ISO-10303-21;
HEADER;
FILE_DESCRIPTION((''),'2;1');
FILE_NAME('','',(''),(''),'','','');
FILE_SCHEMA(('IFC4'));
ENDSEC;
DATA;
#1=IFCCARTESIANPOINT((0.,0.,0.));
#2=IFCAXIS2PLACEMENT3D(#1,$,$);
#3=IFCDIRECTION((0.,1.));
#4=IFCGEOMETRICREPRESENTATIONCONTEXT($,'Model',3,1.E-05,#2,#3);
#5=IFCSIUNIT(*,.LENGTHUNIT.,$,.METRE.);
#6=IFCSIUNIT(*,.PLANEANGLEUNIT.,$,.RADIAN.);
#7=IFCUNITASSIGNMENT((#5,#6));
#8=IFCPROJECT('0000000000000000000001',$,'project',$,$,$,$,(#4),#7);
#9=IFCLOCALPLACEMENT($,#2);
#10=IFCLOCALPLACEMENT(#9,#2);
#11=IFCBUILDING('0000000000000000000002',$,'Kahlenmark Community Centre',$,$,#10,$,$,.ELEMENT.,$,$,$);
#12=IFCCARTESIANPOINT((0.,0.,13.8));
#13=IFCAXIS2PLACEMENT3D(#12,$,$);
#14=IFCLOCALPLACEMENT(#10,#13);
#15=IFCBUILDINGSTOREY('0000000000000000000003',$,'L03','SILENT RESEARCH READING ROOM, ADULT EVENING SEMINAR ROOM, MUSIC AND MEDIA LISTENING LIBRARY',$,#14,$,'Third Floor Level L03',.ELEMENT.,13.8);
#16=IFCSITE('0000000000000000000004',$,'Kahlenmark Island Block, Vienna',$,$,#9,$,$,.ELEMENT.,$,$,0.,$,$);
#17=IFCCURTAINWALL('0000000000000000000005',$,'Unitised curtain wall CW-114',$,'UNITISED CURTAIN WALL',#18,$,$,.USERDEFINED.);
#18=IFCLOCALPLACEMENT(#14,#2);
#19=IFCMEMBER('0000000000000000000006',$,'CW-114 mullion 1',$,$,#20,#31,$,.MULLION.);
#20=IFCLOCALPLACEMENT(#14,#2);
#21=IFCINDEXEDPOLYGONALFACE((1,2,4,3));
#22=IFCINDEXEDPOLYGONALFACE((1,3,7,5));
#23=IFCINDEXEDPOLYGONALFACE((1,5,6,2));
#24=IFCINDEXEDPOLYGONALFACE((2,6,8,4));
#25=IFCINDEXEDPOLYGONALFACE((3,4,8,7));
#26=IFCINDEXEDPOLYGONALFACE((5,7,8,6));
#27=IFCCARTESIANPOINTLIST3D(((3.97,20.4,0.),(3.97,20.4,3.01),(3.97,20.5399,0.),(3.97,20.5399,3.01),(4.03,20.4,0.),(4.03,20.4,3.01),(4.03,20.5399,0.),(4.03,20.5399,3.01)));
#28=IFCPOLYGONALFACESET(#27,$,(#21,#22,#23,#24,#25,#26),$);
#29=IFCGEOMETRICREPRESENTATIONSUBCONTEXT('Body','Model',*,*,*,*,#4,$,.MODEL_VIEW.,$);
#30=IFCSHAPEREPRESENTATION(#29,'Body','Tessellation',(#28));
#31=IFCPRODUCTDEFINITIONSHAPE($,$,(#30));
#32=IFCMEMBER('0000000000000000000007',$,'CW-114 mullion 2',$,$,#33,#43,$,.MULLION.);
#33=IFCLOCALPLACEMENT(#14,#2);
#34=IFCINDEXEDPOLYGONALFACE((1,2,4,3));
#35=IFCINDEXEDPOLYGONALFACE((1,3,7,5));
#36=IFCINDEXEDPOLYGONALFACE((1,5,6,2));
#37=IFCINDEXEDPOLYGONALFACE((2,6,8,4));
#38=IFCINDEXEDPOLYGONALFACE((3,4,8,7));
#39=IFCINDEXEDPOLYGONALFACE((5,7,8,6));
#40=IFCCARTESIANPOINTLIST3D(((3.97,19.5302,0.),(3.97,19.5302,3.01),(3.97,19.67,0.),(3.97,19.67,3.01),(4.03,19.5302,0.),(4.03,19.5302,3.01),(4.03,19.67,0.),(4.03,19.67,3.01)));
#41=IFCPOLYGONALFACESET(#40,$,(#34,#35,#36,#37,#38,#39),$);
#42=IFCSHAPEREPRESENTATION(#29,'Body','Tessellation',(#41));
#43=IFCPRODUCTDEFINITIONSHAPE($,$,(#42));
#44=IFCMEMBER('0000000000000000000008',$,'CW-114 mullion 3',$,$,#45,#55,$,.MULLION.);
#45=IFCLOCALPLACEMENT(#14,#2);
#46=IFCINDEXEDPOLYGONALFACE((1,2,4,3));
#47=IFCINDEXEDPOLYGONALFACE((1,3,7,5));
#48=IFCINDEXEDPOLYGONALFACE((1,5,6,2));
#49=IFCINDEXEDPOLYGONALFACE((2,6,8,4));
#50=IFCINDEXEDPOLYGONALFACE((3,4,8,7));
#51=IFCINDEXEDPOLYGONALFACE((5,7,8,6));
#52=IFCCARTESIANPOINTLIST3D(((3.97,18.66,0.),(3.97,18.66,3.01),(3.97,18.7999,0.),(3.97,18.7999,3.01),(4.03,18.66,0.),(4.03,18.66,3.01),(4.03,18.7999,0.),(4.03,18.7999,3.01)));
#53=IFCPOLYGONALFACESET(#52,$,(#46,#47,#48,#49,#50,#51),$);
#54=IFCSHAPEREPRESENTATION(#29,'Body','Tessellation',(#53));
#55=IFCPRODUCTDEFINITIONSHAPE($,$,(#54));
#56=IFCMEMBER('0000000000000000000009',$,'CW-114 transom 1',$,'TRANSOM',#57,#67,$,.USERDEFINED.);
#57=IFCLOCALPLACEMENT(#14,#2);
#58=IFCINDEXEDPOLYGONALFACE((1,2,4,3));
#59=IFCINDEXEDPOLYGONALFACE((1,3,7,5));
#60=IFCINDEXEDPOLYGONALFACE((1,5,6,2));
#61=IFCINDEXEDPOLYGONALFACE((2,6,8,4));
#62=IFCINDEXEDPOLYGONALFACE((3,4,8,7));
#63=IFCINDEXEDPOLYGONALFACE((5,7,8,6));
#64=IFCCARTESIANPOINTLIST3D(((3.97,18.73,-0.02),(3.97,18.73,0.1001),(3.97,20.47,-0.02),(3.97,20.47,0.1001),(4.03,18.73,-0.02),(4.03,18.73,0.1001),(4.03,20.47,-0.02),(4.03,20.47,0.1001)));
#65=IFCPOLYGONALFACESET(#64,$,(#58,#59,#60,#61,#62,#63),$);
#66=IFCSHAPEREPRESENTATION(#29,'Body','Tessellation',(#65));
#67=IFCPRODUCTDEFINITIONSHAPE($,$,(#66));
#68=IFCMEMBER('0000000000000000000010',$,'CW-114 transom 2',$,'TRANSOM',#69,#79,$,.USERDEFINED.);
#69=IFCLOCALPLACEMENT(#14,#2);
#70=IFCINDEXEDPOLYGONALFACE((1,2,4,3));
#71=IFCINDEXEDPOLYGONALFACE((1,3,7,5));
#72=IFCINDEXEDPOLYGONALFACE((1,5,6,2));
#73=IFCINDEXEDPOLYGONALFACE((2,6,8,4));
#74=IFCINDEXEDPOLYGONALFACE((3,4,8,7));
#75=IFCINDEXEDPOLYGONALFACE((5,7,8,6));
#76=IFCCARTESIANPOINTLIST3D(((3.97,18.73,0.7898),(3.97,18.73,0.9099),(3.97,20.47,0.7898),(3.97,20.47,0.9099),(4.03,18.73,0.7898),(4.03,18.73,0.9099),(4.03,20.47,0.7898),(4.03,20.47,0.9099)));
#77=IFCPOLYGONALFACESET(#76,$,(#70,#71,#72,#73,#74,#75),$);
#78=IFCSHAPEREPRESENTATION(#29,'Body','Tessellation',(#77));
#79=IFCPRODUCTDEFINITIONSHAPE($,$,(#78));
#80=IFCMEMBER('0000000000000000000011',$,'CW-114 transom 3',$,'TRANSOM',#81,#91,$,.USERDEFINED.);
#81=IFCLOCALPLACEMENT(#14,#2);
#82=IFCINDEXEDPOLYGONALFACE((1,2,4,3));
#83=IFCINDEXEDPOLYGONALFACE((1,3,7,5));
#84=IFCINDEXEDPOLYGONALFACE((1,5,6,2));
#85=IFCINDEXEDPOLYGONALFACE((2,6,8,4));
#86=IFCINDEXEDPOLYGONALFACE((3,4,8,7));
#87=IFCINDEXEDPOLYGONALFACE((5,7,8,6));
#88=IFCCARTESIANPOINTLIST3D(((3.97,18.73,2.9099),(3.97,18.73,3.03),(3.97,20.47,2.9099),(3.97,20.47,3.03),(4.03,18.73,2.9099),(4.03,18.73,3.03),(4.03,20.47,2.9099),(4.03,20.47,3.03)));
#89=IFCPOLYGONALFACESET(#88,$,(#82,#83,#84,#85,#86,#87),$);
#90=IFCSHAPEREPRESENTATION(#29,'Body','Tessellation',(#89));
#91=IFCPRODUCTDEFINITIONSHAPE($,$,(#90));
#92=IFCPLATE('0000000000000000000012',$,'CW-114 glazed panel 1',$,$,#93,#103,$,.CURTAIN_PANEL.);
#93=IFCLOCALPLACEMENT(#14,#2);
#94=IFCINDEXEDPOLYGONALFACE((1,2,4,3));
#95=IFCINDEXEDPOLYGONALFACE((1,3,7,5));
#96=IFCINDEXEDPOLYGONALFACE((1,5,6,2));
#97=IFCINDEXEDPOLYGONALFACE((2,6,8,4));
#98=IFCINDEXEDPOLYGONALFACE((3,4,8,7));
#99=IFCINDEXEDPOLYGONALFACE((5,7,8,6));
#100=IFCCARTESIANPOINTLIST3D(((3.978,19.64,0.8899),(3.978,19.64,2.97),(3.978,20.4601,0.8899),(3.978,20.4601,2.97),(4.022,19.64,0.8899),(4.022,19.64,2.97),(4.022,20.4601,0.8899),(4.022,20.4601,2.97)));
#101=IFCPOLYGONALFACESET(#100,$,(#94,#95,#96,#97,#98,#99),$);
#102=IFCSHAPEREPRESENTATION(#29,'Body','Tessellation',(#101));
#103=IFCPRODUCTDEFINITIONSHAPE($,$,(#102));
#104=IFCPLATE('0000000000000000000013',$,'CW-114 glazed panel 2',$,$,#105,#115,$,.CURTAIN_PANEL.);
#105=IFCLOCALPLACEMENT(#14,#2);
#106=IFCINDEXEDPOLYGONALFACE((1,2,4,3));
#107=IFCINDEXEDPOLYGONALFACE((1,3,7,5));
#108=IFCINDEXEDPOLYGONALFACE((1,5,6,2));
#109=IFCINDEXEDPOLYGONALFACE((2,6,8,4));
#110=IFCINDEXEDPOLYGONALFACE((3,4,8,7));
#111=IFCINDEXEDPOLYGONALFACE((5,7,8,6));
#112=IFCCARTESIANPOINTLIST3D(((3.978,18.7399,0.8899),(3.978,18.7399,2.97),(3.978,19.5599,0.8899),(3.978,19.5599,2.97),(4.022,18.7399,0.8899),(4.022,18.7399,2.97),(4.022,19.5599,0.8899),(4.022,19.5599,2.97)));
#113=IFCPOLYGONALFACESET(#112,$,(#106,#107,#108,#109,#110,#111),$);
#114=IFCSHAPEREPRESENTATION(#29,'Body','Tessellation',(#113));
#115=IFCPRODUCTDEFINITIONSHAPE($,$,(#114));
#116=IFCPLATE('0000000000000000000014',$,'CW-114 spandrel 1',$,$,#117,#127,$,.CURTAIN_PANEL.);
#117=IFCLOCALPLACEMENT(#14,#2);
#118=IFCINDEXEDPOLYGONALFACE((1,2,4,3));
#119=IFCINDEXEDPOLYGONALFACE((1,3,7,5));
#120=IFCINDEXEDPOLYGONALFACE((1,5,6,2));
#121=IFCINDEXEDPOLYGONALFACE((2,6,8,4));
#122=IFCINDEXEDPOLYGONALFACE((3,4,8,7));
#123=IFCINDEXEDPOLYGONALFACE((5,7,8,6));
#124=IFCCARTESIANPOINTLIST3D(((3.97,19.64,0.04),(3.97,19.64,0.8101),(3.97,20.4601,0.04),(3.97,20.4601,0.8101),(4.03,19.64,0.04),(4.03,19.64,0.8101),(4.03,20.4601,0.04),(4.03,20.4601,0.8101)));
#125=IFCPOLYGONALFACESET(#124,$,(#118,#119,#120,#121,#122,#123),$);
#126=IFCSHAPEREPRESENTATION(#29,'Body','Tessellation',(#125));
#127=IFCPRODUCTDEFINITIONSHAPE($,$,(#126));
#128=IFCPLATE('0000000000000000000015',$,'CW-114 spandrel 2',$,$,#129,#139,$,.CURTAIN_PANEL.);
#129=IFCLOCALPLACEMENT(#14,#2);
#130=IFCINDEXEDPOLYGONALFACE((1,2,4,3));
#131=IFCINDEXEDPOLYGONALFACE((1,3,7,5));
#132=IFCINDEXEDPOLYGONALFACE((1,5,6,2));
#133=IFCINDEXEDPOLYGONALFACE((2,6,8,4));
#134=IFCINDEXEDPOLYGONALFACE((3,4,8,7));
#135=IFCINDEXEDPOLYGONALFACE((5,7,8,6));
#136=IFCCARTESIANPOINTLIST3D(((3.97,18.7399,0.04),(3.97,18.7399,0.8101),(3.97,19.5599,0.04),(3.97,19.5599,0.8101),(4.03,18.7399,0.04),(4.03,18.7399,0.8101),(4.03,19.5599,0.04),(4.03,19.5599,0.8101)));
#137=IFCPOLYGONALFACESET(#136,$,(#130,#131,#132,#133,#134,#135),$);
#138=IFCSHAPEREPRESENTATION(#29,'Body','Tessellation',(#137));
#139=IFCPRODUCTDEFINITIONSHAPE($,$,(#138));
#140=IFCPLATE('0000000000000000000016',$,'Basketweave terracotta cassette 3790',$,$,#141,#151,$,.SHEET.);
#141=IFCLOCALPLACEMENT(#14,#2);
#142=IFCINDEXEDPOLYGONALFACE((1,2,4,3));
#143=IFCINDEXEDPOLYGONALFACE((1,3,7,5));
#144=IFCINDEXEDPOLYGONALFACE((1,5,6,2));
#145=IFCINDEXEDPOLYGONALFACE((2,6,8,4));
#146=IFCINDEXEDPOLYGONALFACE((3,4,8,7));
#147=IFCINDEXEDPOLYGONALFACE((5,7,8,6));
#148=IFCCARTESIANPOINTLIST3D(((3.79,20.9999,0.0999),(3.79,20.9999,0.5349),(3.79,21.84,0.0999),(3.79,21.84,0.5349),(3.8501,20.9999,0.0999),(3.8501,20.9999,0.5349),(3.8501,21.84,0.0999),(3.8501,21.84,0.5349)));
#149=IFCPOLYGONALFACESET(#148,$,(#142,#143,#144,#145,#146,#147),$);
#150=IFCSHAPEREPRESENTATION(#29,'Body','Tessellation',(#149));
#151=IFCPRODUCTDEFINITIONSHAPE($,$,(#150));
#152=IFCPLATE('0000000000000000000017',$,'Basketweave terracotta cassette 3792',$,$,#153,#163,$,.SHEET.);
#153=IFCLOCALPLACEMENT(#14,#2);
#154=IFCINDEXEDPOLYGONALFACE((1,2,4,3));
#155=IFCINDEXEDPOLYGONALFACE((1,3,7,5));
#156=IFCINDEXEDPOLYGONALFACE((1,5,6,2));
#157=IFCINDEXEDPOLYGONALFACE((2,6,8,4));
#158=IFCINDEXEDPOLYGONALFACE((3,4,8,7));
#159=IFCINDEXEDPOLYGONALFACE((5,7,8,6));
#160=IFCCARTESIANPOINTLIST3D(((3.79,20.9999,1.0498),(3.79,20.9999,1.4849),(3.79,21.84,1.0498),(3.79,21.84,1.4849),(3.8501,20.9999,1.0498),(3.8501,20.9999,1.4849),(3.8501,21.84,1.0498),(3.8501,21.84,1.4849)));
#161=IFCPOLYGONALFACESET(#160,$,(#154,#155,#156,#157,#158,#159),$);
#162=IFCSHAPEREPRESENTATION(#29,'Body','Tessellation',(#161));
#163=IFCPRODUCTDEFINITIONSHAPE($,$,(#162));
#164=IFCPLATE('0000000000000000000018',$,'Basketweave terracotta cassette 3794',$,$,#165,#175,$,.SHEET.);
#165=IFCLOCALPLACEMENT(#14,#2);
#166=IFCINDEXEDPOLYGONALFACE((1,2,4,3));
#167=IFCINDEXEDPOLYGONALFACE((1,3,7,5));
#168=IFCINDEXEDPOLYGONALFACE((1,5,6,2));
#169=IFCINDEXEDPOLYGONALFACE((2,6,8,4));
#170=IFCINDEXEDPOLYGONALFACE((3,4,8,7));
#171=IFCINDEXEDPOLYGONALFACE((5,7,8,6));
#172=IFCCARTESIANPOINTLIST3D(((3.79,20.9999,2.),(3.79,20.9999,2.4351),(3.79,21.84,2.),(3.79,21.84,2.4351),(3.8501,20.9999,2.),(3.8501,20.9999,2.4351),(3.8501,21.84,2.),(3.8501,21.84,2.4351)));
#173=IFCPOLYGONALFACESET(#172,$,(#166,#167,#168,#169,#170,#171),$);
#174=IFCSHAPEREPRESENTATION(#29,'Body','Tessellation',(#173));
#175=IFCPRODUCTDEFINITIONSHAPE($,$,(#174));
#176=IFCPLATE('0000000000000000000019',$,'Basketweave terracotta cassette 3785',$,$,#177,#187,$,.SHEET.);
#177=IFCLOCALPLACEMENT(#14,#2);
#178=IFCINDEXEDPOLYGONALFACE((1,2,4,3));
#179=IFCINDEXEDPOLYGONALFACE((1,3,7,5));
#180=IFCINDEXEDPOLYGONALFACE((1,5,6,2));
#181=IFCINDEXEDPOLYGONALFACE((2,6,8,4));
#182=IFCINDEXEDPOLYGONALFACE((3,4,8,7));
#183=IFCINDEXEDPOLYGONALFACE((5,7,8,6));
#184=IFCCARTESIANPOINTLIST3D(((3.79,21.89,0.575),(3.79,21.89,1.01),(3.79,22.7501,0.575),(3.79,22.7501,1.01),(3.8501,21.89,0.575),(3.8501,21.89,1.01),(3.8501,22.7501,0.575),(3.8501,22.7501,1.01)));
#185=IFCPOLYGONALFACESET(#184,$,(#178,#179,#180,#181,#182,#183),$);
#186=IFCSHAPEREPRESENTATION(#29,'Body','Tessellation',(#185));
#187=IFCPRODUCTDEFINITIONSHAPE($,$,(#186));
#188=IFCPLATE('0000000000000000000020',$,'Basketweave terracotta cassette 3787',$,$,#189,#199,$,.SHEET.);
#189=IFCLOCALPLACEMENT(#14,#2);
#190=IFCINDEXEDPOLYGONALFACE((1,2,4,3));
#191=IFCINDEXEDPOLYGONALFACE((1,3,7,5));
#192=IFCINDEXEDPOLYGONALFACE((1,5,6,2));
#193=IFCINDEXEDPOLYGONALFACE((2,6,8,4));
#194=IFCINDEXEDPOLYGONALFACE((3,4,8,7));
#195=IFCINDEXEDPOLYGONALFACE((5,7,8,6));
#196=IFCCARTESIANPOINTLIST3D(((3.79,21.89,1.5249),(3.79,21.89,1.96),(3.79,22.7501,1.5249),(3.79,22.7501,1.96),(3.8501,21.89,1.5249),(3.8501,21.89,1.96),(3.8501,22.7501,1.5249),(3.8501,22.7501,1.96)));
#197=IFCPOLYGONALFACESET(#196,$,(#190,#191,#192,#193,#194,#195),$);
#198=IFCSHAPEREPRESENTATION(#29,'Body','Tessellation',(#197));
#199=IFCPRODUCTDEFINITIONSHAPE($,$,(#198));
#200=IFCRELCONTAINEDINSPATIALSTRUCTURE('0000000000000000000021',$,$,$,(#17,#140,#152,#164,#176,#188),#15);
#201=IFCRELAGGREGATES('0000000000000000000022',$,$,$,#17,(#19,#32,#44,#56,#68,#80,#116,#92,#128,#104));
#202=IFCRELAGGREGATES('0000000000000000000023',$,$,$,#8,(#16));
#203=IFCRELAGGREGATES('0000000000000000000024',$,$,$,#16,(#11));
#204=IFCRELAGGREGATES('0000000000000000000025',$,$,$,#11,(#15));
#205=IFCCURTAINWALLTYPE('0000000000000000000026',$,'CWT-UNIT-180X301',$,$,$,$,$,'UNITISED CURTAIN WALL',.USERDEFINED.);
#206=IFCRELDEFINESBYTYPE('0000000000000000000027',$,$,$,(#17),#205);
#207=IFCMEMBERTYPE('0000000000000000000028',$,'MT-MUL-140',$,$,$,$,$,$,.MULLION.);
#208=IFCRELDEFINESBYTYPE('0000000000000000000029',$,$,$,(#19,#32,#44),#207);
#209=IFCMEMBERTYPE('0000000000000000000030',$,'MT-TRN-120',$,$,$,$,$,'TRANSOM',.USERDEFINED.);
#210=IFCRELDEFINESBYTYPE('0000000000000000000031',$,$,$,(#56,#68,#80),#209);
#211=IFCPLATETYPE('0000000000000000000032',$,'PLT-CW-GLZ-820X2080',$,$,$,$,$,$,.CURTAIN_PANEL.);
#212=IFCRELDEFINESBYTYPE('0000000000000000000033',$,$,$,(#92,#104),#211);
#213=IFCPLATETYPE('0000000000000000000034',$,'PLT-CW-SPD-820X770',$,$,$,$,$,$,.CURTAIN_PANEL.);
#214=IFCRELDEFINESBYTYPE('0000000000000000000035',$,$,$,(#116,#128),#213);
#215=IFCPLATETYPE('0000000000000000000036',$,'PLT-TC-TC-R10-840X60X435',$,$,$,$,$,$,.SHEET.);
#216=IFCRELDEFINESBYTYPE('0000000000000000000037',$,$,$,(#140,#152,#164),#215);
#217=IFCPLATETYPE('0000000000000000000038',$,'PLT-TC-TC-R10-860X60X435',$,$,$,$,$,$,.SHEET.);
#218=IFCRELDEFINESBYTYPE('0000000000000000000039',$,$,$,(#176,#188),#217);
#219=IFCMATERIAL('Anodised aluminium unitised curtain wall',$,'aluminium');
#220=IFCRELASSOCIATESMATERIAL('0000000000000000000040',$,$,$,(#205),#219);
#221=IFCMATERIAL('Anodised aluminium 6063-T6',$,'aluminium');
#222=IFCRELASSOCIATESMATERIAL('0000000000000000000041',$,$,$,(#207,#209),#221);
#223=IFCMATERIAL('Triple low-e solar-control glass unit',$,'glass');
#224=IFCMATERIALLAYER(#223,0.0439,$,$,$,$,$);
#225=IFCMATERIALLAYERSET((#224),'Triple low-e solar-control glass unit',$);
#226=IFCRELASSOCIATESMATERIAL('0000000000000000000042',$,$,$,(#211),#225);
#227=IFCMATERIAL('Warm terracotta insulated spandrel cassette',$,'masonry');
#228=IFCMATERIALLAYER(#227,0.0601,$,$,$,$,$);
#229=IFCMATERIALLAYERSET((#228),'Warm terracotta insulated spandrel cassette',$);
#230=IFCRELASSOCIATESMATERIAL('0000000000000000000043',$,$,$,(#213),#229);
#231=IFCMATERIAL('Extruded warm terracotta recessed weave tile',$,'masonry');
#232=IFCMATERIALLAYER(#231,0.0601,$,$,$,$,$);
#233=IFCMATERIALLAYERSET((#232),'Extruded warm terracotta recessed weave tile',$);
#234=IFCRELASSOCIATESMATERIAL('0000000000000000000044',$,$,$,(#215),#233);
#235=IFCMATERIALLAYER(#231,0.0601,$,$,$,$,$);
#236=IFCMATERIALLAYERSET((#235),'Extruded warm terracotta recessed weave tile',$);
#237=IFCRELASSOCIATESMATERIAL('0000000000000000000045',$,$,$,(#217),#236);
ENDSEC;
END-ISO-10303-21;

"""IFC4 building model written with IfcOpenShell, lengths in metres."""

from ifc_helpers import new_model, si_unit, direction, frame, origin, origin_2d, place, context, subcontext, project, spatial, rectangle, extrude, material, layer, layer_set, material_profile, profile_set, type_object, element, aggregate, save


model = new_model("IFC4")

# Units and contexts
model_context = context("Model", 3, precision=1e-05, world=origin(), true_north=direction((0.0, 1.0)))
body_context = subcontext(model_context, "Body", "Model", "MODEL_VIEW")
ifc_project = project(units=[si_unit("LENGTHUNIT", "METRE"), si_unit("PLANEANGLEUNIT", "RADIAN")], contexts=[model_context])

# Site, building, storey
site_placement = place(None, origin())
site = spatial("IfcSite", under=ifc_project, at=site_placement, Name="Kahlenmark Island Block, Vienna", CompositionType="ELEMENT", RefElevation=0.0)
building_placement = place(site_placement, origin())
building = spatial("IfcBuilding", under=site, at=building_placement, Name="Kahlenmark Community Centre", CompositionType="ELEMENT")
storey_placement = place(building_placement, frame((0.0, 0.0, 13.8)))
storey = spatial("IfcBuildingStorey", under=building, at=storey_placement, Name="L03", Description="SILENT RESEARCH READING ROOM, ADULT EVENING SEMINAR ROOM, MUSIC AND MEDIA LISTENING LIBRARY", LongName="Third Floor Level L03", CompositionType="ELEMENT", Elevation=13.8)

# Curtain wall, members, plates
ifc_material_1 = material(Name="Anodised aluminium unitised curtain wall", Category="aluminium")
curtain_wall_type = type_object("IfcCurtainWallType", Name="CWT-UNIT-180X301", ElementType="UNITISED CURTAIN WALL", PredefinedType="USERDEFINED", material=ifc_material_1)
curtain_wall_placement = place(storey_placement, origin())
curtain_wall = element("IfcCurtainWall", 1, at=curtain_wall_placement, inside=storey, type_object=curtain_wall_type, Name="Unitised curtain wall CW-114", ObjectType="UNITISED CURTAIN WALL", PredefinedType="USERDEFINED")
ifc_material_2 = material(Name="Anodised aluminium 6063-T6", Category="aluminium")
ifc_material_profile_1 = material_profile(ifc_material_2, rectangle(XDim=0.0601, YDim=0.1399, at=origin_2d()), Name="ALU MULLION 60x140")
ifc_profile_set_1 = profile_set([ifc_material_profile_1], Name="Anodised aluminium 6063-T6")
member_type_1 = type_object("IfcMemberType", Name="MT-MUL-140", PredefinedType="MULLION", material=ifc_profile_set_1)
member_1_placement = place(storey_placement, frame((4.0, 20.47, 0.0), z_axis=(0.0, 0.0, 1.0), x_axis=(1.0, 0.0, 0.0)))
member_1 = element("IfcMember", 2, at=member_1_placement, type_object=member_type_1, Name="CW-114 mullion 1", PredefinedType="MULLION", context=body_context, shape_type="SweptSolid", body=[
    extrude(rectangle(XDim=0.0601, YDim=0.1399, at=origin_2d()), origin(), (0.0, 0.0, 1.0), 3.01),
])
member_2_placement = place(storey_placement, frame((4.0, 19.6001, 0.0), z_axis=(0.0, 0.0, 1.0), x_axis=(1.0, 0.0, 0.0)))
member_2 = element("IfcMember", 3, at=member_2_placement, type_object=member_type_1, Name="CW-114 mullion 2", PredefinedType="MULLION", context=body_context, shape_type="SweptSolid", body=[
    extrude(rectangle(XDim=0.0601, YDim=0.1399, at=origin_2d()), origin(), (0.0, 0.0, 1.0), 3.01),
])
member_3_placement = place(storey_placement, frame((4.0, 18.73, 0.0), z_axis=(0.0, 0.0, 1.0), x_axis=(1.0, 0.0, 0.0)))
member_3 = element("IfcMember", 4, at=member_3_placement, type_object=member_type_1, Name="CW-114 mullion 3", PredefinedType="MULLION", context=body_context, shape_type="SweptSolid", body=[
    extrude(rectangle(XDim=0.0601, YDim=0.1399, at=origin_2d()), origin(), (0.0, 0.0, 1.0), 3.01),
])
ifc_material_profile_2 = material_profile(ifc_material_2, rectangle(XDim=0.0601, YDim=0.1201, at=origin_2d()), Name="ALU TRANSOM 60x120")
ifc_profile_set_2 = profile_set([ifc_material_profile_2], Name="Anodised aluminium 6063-T6")
member_type_2 = type_object("IfcMemberType", Name="MT-TRN-120", ElementType="TRANSOM", PredefinedType="USERDEFINED", material=ifc_profile_set_2)
member_4_placement = place(storey_placement, frame((4.0, 20.47, 0.04), z_axis=(0.0, -1.0, 0.0), x_axis=(1.0, 0.0, 0.0)))
member_4 = element("IfcMember", 5, at=member_4_placement, type_object=member_type_2, Name="CW-114 transom 1", ObjectType="TRANSOM", PredefinedType="USERDEFINED", context=body_context, shape_type="SweptSolid", body=[
    extrude(rectangle(XDim=0.0601, YDim=0.1201, at=origin_2d()), origin(), (0.0, 0.0, 1.0), 1.74),
])
member_5_placement = place(storey_placement, frame((4.0, 20.47, 0.8499), z_axis=(0.0, -1.0, 0.0), x_axis=(1.0, 0.0, 0.0)))
member_5 = element("IfcMember", 6, at=member_5_placement, type_object=member_type_2, Name="CW-114 transom 2", ObjectType="TRANSOM", PredefinedType="USERDEFINED", context=body_context, shape_type="SweptSolid", body=[
    extrude(rectangle(XDim=0.0601, YDim=0.1201, at=origin_2d()), origin(), (0.0, 0.0, 1.0), 1.74),
])
member_6_placement = place(storey_placement, frame((4.0, 20.47, 2.97), z_axis=(0.0, -1.0, 0.0), x_axis=(1.0, 0.0, 0.0)))
member_6 = element("IfcMember", 7, at=member_6_placement, type_object=member_type_2, Name="CW-114 transom 3", ObjectType="TRANSOM", PredefinedType="USERDEFINED", context=body_context, shape_type="SweptSolid", body=[
    extrude(rectangle(XDim=0.0601, YDim=0.1201, at=origin_2d()), origin(), (0.0, 0.0, 1.0), 1.74),
])
ifc_material_3 = material(Name="Triple low-e solar-control glass unit", Category="glass")
ifc_layer_1 = layer(ifc_material_3, 0.0439)
ifc_layer_set_1 = layer_set([ifc_layer_1], Name="Triple low-e solar-control glass unit")
plate_type_1 = type_object("IfcPlateType", Name="PLT-CW-GLZ-820X2080", PredefinedType="CURTAIN_PANEL", material=ifc_layer_set_1)
plate_1_placement = place(storey_placement, frame((4.0, 20.05, 0.8899), z_axis=(0.0, 0.0, 1.0), x_axis=(0.0, -1.0, 0.0)))
plate_1 = element("IfcPlate", 8, at=plate_1_placement, type_object=plate_type_1, Name="CW-114 glazed panel 1", PredefinedType="CURTAIN_PANEL", context=body_context, shape_type="SweptSolid", body=[
    extrude(rectangle(XDim=0.8201, YDim=0.0439, at=origin_2d()), origin(), (0.0, 0.0, 1.0), 2.0801),
])
plate_2_placement = place(storey_placement, frame((4.0, 19.1499, 0.8899), z_axis=(0.0, 0.0, 1.0), x_axis=(0.0, -1.0, 0.0)))
plate_2 = element("IfcPlate", 9, at=plate_2_placement, type_object=plate_type_1, Name="CW-114 glazed panel 2", PredefinedType="CURTAIN_PANEL", context=body_context, shape_type="SweptSolid", body=[
    extrude(rectangle(XDim=0.8201, YDim=0.0439, at=origin_2d()), origin(), (0.0, 0.0, 1.0), 2.0801),
])
ifc_material_4 = material(Name="Warm terracotta insulated spandrel cassette", Category="masonry")
ifc_layer_2 = layer(ifc_material_4, 0.0601)
ifc_layer_set_2 = layer_set([ifc_layer_2], Name="Warm terracotta insulated spandrel cassette")
plate_type_2 = type_object("IfcPlateType", Name="PLT-CW-SPD-820X770", PredefinedType="CURTAIN_PANEL", material=ifc_layer_set_2)
plate_3_placement = place(storey_placement, frame((4.0, 20.05, 0.04), z_axis=(0.0, 0.0, 1.0), x_axis=(0.0, -1.0, 0.0)))
plate_3 = element("IfcPlate", 10, at=plate_3_placement, type_object=plate_type_2, Name="CW-114 spandrel 1", PredefinedType="CURTAIN_PANEL", context=body_context, shape_type="SweptSolid", body=[
    extrude(rectangle(XDim=0.8201, YDim=0.0601, at=origin_2d()), origin(), (0.0, 0.0, 1.0), 0.77),
])
plate_4_placement = place(storey_placement, frame((4.0, 19.1499, 0.04), z_axis=(0.0, 0.0, 1.0), x_axis=(0.0, -1.0, 0.0)))
plate_4 = element("IfcPlate", 11, at=plate_4_placement, type_object=plate_type_2, Name="CW-114 spandrel 2", PredefinedType="CURTAIN_PANEL", context=body_context, shape_type="SweptSolid", body=[
    extrude(rectangle(XDim=0.8201, YDim=0.0601, at=origin_2d()), origin(), (0.0, 0.0, 1.0), 0.77),
])
aggregate(curtain_wall, [member_1, member_2, member_3, member_4, member_5, member_6, plate_3, plate_1, plate_4, plate_2])

# Plates
ifc_material_5 = material(Name="Extruded warm terracotta recessed weave tile", Category="masonry")
ifc_layer_3 = layer(ifc_material_5, 0.0601)
ifc_layer_set_3 = layer_set([ifc_layer_3], Name="Extruded warm terracotta recessed weave tile")
plate_type_3 = type_object("IfcPlateType", Name="PLT-TC-TC-R10-840X60X435", PredefinedType="SHEET", material=ifc_layer_set_3)
for number, where, z_axis, x_axis, name in (
    (12, (3.8201, 21.4199, 0.0999), (0.0, 0.0, 1.0), (0.0, -1.0, 0.0), "Basketweave terracotta cassette 3790"),
    (13, (3.8201, 21.4199, 1.0498), (0.0, 0.0, 1.0), (0.0, -1.0, 0.0), "Basketweave terracotta cassette 3792"),
    (14, (3.8201, 21.4199, 2.0), (0.0, 0.0, 1.0), (0.0, -1.0, 0.0), "Basketweave terracotta cassette 3794"),
):
    element("IfcPlate", number, at=place(storey_placement, frame(where, z_axis=z_axis, x_axis=x_axis)), inside=storey, type_object=plate_type_3, Name=name, PredefinedType="SHEET", context=body_context, shape_type="SweptSolid", body=[
        extrude(rectangle(XDim=0.8401, YDim=0.0601, at=origin_2d()), origin(), (0.0, 0.0, 1.0), 0.4351),
    ])
ifc_layer_4 = layer(ifc_material_5, 0.0601)
ifc_layer_set_4 = layer_set([ifc_layer_4], Name="Extruded warm terracotta recessed weave tile")
plate_type_4 = type_object("IfcPlateType", Name="PLT-TC-TC-R10-860X60X435", PredefinedType="SHEET", material=ifc_layer_set_4)
for number, where, z_axis, x_axis, name in (
    (15, (3.8201, 22.3201, 0.575), (0.0, 0.0, 1.0), (0.0, -1.0, 0.0), "Basketweave terracotta cassette 3785"),
    (16, (3.8201, 22.3201, 1.5249), (0.0, 0.0, 1.0), (0.0, -1.0, 0.0), "Basketweave terracotta cassette 3787"),
):
    element("IfcPlate", number, at=place(storey_placement, frame(where, z_axis=z_axis, x_axis=x_axis)), inside=storey, type_object=plate_type_4, Name=name, PredefinedType="SHEET", context=body_context, shape_type="SweptSolid", body=[
        extrude(rectangle(XDim=0.8601, YDim=0.0601, at=origin_2d()), origin(), (0.0, 0.0, 1.0), 0.4351),
    ])

save(model, "model.ifc")
